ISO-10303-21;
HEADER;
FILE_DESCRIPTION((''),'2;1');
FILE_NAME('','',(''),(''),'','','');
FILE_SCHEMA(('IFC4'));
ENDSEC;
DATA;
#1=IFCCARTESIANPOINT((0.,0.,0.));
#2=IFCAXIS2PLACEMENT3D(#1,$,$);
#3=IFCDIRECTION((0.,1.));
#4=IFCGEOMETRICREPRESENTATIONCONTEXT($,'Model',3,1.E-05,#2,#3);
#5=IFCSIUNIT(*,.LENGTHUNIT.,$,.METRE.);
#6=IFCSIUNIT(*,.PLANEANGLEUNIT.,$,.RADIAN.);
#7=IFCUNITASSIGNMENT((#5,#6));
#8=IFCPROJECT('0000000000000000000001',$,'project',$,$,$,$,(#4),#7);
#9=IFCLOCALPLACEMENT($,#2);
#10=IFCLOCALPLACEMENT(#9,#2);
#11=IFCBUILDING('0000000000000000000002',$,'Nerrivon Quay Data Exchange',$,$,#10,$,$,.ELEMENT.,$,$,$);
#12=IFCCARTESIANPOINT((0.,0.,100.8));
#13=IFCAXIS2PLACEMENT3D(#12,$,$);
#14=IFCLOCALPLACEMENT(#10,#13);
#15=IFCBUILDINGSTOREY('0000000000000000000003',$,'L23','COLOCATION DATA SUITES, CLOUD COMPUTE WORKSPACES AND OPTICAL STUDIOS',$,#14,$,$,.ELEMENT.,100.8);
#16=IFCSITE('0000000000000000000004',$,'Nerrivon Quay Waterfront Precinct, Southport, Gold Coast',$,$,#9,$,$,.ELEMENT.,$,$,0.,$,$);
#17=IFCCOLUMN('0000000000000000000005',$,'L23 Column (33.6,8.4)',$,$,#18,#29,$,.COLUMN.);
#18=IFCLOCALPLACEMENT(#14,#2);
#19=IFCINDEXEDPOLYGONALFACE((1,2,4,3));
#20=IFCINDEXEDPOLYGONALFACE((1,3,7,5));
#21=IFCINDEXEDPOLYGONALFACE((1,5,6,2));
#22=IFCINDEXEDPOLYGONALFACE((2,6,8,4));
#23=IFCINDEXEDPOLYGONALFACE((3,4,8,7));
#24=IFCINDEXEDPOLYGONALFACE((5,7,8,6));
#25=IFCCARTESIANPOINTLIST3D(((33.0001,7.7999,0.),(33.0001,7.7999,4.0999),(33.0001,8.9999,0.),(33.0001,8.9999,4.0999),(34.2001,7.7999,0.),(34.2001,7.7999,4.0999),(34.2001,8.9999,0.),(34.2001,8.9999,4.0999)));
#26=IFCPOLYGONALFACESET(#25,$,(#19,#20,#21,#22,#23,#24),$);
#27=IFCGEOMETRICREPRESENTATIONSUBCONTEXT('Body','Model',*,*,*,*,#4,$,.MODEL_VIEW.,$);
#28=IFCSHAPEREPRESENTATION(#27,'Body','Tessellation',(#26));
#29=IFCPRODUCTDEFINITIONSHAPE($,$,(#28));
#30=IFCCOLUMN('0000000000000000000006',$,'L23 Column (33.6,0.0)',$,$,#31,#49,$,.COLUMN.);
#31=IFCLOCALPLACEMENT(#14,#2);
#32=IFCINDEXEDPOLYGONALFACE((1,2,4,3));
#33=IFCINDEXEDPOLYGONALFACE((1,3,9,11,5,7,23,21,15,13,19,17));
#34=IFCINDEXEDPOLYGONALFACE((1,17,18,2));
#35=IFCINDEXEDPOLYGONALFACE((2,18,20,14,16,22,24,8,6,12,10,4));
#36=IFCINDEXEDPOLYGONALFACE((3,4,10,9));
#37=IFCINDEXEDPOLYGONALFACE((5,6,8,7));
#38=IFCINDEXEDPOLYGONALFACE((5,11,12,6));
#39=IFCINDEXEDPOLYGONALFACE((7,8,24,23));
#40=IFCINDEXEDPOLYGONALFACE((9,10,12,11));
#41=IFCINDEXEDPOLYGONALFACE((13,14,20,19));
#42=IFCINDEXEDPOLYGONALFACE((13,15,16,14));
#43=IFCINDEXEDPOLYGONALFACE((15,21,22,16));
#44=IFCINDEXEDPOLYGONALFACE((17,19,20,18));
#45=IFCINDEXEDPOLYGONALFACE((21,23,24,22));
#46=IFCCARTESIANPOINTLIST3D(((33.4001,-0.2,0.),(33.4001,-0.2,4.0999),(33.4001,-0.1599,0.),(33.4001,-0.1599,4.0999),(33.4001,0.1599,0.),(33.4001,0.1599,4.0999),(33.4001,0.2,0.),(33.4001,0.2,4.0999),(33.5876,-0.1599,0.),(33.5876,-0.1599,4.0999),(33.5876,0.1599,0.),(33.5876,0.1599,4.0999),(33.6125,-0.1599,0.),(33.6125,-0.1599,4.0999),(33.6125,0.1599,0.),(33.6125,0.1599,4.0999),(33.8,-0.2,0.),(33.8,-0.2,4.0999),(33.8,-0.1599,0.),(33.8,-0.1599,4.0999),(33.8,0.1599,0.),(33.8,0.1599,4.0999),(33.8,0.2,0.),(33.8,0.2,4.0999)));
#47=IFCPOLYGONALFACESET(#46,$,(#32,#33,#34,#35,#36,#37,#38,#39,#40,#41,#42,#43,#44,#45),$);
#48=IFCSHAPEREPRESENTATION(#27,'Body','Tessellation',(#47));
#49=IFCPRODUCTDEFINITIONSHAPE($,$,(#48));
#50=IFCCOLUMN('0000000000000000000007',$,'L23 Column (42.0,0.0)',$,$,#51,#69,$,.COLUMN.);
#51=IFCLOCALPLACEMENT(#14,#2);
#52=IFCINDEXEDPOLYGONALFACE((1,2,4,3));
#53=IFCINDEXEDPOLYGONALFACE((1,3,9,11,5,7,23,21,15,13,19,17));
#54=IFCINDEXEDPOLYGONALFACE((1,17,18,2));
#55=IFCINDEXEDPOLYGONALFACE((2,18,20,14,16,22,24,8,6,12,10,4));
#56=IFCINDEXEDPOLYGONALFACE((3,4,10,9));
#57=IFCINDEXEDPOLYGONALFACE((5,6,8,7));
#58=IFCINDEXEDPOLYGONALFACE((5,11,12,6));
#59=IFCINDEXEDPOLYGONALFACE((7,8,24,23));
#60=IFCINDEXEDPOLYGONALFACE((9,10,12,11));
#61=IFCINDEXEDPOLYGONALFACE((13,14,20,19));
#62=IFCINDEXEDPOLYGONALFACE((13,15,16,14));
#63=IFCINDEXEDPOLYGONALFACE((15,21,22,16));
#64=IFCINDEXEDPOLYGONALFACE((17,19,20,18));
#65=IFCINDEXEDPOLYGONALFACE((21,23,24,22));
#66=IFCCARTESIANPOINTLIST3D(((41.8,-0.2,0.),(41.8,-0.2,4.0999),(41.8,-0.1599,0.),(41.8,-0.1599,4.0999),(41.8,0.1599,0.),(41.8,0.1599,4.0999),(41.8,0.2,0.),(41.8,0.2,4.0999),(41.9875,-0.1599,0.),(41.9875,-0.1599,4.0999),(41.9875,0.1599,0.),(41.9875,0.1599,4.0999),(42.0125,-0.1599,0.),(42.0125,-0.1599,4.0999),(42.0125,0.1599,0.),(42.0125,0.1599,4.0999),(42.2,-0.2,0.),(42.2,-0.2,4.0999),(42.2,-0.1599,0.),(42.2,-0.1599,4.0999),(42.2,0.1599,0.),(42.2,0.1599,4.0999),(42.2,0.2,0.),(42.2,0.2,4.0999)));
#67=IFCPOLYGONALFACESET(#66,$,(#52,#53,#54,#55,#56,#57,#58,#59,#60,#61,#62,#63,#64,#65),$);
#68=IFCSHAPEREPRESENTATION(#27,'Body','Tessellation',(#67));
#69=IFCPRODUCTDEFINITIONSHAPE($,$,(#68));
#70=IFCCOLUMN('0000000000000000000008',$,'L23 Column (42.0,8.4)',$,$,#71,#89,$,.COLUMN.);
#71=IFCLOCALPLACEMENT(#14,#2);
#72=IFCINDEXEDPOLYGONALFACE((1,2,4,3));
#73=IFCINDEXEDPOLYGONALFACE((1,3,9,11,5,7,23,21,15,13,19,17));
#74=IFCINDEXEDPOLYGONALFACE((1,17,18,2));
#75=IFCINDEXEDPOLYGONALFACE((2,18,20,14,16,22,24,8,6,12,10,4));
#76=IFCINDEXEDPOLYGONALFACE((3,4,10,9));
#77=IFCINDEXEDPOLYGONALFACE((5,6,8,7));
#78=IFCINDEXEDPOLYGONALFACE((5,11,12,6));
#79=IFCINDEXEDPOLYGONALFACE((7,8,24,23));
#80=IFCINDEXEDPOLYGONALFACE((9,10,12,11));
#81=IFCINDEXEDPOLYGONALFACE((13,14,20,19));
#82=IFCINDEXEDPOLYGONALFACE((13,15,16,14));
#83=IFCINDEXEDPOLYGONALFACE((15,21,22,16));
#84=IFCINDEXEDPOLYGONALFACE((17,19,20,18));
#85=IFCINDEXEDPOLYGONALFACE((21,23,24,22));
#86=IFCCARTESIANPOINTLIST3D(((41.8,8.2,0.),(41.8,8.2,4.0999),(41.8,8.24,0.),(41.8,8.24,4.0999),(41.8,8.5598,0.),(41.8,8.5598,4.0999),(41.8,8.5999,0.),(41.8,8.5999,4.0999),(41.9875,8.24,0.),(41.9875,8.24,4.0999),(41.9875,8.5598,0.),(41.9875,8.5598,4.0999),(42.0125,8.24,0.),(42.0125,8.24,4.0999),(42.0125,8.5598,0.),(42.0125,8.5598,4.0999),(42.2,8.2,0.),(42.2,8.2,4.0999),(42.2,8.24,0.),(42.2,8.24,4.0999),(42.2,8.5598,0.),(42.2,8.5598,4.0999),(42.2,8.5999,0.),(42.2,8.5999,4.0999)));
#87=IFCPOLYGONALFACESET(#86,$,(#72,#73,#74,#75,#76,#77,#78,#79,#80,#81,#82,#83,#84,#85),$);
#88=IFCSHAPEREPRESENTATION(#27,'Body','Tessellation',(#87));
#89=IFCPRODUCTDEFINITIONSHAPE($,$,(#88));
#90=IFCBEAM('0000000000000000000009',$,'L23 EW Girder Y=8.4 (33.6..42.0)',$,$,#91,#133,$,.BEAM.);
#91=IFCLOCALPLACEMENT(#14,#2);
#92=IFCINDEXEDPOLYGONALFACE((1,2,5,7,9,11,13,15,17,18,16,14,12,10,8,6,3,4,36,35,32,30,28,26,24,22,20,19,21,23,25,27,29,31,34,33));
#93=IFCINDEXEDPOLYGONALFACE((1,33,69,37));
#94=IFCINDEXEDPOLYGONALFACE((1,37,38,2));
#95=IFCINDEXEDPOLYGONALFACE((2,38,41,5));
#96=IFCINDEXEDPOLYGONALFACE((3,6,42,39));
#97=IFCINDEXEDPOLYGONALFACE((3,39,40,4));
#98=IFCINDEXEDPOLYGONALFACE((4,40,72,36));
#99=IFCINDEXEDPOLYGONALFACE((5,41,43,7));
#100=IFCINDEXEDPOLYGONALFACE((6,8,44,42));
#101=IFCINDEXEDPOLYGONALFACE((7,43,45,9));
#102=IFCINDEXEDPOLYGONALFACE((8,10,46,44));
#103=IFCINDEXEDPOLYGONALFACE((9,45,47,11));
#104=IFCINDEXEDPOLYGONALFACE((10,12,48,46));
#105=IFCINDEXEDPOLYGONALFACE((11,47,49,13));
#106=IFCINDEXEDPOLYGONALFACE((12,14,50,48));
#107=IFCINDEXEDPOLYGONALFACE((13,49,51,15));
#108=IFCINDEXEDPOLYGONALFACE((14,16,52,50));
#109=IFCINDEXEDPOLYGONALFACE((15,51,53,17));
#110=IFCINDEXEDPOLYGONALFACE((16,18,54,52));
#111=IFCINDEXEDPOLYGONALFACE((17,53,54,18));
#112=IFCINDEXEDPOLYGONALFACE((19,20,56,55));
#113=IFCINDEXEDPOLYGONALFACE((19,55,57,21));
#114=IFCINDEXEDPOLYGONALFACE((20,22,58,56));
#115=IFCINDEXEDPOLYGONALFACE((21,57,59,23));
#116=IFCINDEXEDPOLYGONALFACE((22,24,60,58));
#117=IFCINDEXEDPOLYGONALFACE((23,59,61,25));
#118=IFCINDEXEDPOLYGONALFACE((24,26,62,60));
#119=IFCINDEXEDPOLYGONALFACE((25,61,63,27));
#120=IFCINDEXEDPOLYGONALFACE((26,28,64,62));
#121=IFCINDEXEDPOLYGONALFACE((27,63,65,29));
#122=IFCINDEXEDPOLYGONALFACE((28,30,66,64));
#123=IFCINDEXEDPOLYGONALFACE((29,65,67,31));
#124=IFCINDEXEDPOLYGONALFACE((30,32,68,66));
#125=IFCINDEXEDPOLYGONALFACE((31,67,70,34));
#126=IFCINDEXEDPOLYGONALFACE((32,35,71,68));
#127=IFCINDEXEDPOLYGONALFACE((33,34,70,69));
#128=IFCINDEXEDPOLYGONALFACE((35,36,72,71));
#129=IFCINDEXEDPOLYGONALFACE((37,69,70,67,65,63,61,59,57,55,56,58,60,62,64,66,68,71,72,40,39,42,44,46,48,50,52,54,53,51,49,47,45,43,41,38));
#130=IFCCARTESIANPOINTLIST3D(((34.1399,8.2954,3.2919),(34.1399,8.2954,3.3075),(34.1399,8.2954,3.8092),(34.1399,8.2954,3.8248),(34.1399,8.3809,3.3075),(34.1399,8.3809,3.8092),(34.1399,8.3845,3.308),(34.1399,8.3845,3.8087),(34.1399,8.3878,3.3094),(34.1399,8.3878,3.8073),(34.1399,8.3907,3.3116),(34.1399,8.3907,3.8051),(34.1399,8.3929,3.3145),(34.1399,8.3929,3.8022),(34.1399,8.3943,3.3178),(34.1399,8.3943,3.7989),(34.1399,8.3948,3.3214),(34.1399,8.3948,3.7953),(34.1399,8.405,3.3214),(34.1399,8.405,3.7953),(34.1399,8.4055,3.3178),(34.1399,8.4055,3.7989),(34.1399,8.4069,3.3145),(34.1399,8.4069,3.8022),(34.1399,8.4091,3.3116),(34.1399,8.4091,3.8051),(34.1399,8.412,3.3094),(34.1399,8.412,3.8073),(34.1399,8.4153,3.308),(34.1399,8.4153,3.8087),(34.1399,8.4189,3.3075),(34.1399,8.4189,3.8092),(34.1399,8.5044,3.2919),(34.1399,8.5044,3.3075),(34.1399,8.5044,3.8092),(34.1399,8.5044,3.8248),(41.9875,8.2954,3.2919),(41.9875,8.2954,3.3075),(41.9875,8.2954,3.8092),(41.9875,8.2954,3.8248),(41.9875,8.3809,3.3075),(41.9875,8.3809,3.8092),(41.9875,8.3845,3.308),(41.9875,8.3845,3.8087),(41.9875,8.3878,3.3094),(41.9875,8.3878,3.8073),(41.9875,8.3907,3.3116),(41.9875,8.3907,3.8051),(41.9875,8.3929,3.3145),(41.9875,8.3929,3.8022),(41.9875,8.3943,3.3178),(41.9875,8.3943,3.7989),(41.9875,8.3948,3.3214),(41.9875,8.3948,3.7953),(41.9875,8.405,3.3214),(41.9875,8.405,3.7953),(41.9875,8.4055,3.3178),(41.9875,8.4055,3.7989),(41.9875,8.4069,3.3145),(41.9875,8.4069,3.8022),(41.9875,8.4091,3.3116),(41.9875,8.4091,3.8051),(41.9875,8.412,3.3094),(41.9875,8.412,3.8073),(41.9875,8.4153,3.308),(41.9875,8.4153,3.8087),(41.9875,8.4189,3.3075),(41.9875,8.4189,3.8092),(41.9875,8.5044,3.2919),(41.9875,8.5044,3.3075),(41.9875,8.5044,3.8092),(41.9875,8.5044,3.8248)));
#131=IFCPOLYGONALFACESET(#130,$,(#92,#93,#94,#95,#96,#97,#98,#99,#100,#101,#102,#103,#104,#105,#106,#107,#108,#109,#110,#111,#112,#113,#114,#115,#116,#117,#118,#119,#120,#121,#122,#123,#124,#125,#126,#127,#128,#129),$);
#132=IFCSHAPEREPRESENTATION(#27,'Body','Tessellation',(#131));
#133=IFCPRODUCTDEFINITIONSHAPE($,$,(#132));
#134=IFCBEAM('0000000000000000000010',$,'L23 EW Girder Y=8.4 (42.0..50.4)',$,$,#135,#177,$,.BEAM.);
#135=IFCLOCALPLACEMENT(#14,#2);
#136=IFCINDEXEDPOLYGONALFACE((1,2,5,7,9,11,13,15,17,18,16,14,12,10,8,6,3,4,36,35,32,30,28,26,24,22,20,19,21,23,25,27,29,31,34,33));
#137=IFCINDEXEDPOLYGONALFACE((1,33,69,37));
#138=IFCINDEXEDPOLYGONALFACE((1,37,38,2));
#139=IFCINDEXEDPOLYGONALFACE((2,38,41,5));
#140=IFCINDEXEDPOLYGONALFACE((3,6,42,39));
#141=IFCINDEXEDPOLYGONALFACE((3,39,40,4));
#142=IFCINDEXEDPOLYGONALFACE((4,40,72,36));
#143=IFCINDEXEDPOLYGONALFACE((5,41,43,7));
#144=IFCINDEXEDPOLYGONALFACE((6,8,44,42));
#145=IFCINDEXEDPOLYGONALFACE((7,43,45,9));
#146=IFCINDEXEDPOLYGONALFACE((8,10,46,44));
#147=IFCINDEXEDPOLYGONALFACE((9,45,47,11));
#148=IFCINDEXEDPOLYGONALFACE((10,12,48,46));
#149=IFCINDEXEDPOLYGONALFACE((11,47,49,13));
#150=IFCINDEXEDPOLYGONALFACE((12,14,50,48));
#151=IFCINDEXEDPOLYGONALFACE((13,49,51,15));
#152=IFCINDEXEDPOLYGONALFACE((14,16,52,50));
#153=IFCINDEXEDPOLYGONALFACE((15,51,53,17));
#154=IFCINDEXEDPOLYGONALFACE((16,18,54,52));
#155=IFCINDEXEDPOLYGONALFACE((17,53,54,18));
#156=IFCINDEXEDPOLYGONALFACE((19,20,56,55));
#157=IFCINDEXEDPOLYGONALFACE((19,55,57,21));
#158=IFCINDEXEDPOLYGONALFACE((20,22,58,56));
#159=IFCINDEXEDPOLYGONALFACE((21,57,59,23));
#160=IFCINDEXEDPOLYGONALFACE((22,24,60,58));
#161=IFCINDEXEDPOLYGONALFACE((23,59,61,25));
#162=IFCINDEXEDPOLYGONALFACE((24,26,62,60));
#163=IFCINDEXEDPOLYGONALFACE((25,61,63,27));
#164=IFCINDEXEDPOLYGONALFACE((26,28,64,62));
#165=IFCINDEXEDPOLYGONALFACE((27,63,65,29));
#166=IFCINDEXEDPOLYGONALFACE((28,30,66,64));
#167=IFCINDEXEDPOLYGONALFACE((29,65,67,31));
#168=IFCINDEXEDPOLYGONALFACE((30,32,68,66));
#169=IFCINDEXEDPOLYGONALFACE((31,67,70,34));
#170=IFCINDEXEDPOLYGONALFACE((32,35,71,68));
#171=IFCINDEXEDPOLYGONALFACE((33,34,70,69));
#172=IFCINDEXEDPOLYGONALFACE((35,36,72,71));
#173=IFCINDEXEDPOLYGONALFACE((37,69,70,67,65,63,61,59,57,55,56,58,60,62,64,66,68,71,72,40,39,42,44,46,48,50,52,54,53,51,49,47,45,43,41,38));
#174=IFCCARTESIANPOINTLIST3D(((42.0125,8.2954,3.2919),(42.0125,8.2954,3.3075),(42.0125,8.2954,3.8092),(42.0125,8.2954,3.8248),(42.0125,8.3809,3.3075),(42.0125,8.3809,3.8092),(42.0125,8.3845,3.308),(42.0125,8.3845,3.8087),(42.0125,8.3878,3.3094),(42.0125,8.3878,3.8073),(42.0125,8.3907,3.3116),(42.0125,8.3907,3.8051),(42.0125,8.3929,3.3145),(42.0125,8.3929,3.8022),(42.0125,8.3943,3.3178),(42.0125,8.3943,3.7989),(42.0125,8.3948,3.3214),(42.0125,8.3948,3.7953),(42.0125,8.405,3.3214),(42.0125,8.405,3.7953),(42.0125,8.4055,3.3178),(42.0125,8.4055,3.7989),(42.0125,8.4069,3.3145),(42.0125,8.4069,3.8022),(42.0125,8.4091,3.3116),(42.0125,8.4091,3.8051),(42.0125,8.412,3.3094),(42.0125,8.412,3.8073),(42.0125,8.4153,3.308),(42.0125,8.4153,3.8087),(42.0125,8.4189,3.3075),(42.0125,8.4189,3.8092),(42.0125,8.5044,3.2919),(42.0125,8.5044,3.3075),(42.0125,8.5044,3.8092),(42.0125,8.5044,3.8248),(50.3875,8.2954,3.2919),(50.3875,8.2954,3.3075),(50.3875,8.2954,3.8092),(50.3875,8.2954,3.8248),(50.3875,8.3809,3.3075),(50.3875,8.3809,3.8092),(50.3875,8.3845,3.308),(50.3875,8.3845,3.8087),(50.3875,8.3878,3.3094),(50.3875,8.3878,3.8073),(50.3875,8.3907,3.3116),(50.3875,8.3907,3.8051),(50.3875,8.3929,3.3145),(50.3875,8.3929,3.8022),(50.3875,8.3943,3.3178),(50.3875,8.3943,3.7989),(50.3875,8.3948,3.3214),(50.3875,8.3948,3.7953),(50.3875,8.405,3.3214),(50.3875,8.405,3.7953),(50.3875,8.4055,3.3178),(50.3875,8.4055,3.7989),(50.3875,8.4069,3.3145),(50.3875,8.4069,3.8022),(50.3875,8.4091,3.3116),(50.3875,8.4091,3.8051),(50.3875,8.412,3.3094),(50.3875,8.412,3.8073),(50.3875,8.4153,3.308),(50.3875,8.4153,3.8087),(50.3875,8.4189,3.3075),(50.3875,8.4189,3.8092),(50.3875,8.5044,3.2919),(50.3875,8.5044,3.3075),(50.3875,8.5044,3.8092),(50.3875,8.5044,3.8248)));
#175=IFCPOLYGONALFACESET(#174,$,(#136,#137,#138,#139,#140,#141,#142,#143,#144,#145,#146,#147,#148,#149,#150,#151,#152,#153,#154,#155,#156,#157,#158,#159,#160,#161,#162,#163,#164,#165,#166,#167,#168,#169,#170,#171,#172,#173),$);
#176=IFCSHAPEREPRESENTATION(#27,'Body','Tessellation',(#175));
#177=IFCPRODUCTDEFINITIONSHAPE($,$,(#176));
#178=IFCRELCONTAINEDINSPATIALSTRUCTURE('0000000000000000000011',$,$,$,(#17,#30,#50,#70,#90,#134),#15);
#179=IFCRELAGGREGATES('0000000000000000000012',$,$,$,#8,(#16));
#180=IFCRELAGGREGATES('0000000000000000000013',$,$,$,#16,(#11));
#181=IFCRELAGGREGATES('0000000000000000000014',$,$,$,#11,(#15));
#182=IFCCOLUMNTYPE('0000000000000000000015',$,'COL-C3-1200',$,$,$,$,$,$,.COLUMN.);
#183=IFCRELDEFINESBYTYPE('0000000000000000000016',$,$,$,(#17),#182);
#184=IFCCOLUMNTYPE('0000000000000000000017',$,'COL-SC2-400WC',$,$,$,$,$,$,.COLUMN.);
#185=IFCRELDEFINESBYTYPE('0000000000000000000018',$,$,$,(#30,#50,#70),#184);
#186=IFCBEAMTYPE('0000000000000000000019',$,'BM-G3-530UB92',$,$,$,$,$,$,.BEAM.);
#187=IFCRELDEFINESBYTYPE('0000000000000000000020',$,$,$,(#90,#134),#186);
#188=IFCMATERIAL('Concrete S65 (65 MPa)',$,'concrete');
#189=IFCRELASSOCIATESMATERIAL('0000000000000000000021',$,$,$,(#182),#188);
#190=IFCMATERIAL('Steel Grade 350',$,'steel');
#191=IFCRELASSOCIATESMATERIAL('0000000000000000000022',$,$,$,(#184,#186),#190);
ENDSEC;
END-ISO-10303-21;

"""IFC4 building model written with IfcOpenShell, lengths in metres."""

from ifc_helpers import new_model, si_unit, direction, frame, origin, origin_2d, place, context, subcontext, project, spatial, rectangle, i_section, extrude, material, material_profile, profile_set, type_object, element, save


model = new_model("IFC4")

# Units and contexts
model_context = context("Model", 3, precision=1e-05, world=origin(), true_north=direction((0.0, 1.0)))
body_context = subcontext(model_context, "Body", "Model", "MODEL_VIEW")
ifc_project = project(units=[si_unit("LENGTHUNIT", "METRE"), si_unit("PLANEANGLEUNIT", "RADIAN")], contexts=[model_context])

# Site, building, storey
site_placement = place(None, origin())
site = spatial("IfcSite", under=ifc_project, at=site_placement, Name="Nerrivon Quay Waterfront Precinct, Southport, Gold Coast", CompositionType="ELEMENT", RefElevation=0.0)
building_placement = place(site_placement, origin())
building = spatial("IfcBuilding", under=site, at=building_placement, Name="Nerrivon Quay Data Exchange", CompositionType="ELEMENT")
storey_placement = place(building_placement, frame((0.0, 0.0, 100.8)))
storey = spatial("IfcBuildingStorey", under=building, at=storey_placement, Name="L23", Description="COLOCATION DATA SUITES, CLOUD COMPUTE WORKSPACES AND OPTICAL STUDIOS", CompositionType="ELEMENT", Elevation=100.8)

# Columns
ifc_material_1 = material(Name="Concrete S65 (65 MPa)", Category="concrete")
ifc_material_profile_1 = material_profile(ifc_material_1, rectangle(XDim=1.2, YDim=1.2, at=origin_2d()), Name="RC-COL-1200x1200")
ifc_profile_set_1 = profile_set([ifc_material_profile_1], Name="Concrete S65 (65 MPa)")
column_type_1 = type_object("IfcColumnType", Name="COL-C3-1200", PredefinedType="COLUMN", material=ifc_profile_set_1)
column_placement = place(storey_placement, frame((33.6001, 8.3999, 0.0), z_axis=(0.0, 0.0, 1.0), x_axis=(1.0, 0.0, 0.0)))
element("IfcColumn", 1, at=column_placement, inside=storey, type_object=column_type_1, Name="L23 Column (33.6,8.4)", PredefinedType="COLUMN", context=body_context, shape_type="SweptSolid", body=[
    extrude(rectangle(XDim=1.2, YDim=1.2, at=origin_2d()), origin(), (0.0, 0.0, 1.0), 4.0999),
])
ifc_material_2 = material(Name="Steel Grade 350", Category="steel")
ifc_material_profile_2 = material_profile(ifc_material_2, i_section(OverallWidth=0.3999, OverallDepth=0.3999, WebThickness=0.0249, FlangeThickness=0.04, at=origin_2d()), Name="400WC328")
ifc_profile_set_2 = profile_set([ifc_material_profile_2], Name="Steel Grade 350")
column_type_2 = type_object("IfcColumnType", Name="COL-SC2-400WC", PredefinedType="COLUMN", material=ifc_profile_set_2)
for number, where, z_axis, x_axis, name in (
    (2, (33.6001, 0.0, 0.0), (0.0, 0.0, 1.0), (1.0, 0.0, 0.0), "L23 Column (33.6,0.0)"),
    (3, (42.0, 0.0, 0.0), (0.0, 0.0, 1.0), (1.0, 0.0, 0.0), "L23 Column (42.0,0.0)"),
    (4, (42.0, 8.3999, 0.0), (0.0, 0.0, 1.0), (1.0, 0.0, 0.0), "L23 Column (42.0,8.4)"),
):
    element("IfcColumn", number, at=place(storey_placement, frame(where, z_axis=z_axis, x_axis=x_axis)), inside=storey, type_object=column_type_2, Name=name, PredefinedType="COLUMN", context=body_context, shape_type="SweptSolid", body=[
        extrude(i_section(OverallWidth=0.3999, OverallDepth=0.3999, WebThickness=0.0249, FlangeThickness=0.04, at=origin_2d()), origin(), (0.0, 0.0, 1.0), 4.0999),
    ])

# Beams
ifc_material_profile_3 = material_profile(ifc_material_2, i_section(OverallWidth=0.209, OverallDepth=0.533, WebThickness=0.0103, FlangeThickness=0.0156, FilletRadius=0.0139, at=origin_2d()), Name="530UB92.4")
ifc_profile_set_3 = profile_set([ifc_material_profile_3], Name="Steel Grade 350")
beam_type_1 = type_object("IfcBeamType", Name="BM-G3-530UB92", PredefinedType="BEAM", material=ifc_profile_set_3)
beam_1_placement = place(storey_placement, frame((34.1399, 8.3999, 3.5583), z_axis=(1.0, 0.0, 0.0), x_axis=(0.0, 1.0, 0.0)))
element("IfcBeam", 5, at=beam_1_placement, inside=storey, type_object=beam_type_1, Name="L23 EW Girder Y=8.4 (33.6..42.0)", PredefinedType="BEAM", context=body_context, shape_type="SweptSolid", body=[
    extrude(i_section(OverallWidth=0.209, OverallDepth=0.533, WebThickness=0.0103, FlangeThickness=0.0156, FilletRadius=0.0139, at=origin_2d()), origin(), (0.0, 0.0, 1.0), 7.8477),
])
beam_2_placement = place(storey_placement, frame((42.0125, 8.3999, 3.5583), z_axis=(1.0, 0.0, 0.0), x_axis=(0.0, 1.0, 0.0)))
element("IfcBeam", 6, at=beam_2_placement, inside=storey, type_object=beam_type_1, Name="L23 EW Girder Y=8.4 (42.0..50.4)", PredefinedType="BEAM", context=body_context, shape_type="SweptSolid", body=[
    extrude(i_section(OverallWidth=0.209, OverallDepth=0.533, WebThickness=0.0103, FlangeThickness=0.0156, FilletRadius=0.0139, at=origin_2d()), origin(), (0.0, 0.0, 1.0), 8.375),
])

save(model, "model.ifc")
